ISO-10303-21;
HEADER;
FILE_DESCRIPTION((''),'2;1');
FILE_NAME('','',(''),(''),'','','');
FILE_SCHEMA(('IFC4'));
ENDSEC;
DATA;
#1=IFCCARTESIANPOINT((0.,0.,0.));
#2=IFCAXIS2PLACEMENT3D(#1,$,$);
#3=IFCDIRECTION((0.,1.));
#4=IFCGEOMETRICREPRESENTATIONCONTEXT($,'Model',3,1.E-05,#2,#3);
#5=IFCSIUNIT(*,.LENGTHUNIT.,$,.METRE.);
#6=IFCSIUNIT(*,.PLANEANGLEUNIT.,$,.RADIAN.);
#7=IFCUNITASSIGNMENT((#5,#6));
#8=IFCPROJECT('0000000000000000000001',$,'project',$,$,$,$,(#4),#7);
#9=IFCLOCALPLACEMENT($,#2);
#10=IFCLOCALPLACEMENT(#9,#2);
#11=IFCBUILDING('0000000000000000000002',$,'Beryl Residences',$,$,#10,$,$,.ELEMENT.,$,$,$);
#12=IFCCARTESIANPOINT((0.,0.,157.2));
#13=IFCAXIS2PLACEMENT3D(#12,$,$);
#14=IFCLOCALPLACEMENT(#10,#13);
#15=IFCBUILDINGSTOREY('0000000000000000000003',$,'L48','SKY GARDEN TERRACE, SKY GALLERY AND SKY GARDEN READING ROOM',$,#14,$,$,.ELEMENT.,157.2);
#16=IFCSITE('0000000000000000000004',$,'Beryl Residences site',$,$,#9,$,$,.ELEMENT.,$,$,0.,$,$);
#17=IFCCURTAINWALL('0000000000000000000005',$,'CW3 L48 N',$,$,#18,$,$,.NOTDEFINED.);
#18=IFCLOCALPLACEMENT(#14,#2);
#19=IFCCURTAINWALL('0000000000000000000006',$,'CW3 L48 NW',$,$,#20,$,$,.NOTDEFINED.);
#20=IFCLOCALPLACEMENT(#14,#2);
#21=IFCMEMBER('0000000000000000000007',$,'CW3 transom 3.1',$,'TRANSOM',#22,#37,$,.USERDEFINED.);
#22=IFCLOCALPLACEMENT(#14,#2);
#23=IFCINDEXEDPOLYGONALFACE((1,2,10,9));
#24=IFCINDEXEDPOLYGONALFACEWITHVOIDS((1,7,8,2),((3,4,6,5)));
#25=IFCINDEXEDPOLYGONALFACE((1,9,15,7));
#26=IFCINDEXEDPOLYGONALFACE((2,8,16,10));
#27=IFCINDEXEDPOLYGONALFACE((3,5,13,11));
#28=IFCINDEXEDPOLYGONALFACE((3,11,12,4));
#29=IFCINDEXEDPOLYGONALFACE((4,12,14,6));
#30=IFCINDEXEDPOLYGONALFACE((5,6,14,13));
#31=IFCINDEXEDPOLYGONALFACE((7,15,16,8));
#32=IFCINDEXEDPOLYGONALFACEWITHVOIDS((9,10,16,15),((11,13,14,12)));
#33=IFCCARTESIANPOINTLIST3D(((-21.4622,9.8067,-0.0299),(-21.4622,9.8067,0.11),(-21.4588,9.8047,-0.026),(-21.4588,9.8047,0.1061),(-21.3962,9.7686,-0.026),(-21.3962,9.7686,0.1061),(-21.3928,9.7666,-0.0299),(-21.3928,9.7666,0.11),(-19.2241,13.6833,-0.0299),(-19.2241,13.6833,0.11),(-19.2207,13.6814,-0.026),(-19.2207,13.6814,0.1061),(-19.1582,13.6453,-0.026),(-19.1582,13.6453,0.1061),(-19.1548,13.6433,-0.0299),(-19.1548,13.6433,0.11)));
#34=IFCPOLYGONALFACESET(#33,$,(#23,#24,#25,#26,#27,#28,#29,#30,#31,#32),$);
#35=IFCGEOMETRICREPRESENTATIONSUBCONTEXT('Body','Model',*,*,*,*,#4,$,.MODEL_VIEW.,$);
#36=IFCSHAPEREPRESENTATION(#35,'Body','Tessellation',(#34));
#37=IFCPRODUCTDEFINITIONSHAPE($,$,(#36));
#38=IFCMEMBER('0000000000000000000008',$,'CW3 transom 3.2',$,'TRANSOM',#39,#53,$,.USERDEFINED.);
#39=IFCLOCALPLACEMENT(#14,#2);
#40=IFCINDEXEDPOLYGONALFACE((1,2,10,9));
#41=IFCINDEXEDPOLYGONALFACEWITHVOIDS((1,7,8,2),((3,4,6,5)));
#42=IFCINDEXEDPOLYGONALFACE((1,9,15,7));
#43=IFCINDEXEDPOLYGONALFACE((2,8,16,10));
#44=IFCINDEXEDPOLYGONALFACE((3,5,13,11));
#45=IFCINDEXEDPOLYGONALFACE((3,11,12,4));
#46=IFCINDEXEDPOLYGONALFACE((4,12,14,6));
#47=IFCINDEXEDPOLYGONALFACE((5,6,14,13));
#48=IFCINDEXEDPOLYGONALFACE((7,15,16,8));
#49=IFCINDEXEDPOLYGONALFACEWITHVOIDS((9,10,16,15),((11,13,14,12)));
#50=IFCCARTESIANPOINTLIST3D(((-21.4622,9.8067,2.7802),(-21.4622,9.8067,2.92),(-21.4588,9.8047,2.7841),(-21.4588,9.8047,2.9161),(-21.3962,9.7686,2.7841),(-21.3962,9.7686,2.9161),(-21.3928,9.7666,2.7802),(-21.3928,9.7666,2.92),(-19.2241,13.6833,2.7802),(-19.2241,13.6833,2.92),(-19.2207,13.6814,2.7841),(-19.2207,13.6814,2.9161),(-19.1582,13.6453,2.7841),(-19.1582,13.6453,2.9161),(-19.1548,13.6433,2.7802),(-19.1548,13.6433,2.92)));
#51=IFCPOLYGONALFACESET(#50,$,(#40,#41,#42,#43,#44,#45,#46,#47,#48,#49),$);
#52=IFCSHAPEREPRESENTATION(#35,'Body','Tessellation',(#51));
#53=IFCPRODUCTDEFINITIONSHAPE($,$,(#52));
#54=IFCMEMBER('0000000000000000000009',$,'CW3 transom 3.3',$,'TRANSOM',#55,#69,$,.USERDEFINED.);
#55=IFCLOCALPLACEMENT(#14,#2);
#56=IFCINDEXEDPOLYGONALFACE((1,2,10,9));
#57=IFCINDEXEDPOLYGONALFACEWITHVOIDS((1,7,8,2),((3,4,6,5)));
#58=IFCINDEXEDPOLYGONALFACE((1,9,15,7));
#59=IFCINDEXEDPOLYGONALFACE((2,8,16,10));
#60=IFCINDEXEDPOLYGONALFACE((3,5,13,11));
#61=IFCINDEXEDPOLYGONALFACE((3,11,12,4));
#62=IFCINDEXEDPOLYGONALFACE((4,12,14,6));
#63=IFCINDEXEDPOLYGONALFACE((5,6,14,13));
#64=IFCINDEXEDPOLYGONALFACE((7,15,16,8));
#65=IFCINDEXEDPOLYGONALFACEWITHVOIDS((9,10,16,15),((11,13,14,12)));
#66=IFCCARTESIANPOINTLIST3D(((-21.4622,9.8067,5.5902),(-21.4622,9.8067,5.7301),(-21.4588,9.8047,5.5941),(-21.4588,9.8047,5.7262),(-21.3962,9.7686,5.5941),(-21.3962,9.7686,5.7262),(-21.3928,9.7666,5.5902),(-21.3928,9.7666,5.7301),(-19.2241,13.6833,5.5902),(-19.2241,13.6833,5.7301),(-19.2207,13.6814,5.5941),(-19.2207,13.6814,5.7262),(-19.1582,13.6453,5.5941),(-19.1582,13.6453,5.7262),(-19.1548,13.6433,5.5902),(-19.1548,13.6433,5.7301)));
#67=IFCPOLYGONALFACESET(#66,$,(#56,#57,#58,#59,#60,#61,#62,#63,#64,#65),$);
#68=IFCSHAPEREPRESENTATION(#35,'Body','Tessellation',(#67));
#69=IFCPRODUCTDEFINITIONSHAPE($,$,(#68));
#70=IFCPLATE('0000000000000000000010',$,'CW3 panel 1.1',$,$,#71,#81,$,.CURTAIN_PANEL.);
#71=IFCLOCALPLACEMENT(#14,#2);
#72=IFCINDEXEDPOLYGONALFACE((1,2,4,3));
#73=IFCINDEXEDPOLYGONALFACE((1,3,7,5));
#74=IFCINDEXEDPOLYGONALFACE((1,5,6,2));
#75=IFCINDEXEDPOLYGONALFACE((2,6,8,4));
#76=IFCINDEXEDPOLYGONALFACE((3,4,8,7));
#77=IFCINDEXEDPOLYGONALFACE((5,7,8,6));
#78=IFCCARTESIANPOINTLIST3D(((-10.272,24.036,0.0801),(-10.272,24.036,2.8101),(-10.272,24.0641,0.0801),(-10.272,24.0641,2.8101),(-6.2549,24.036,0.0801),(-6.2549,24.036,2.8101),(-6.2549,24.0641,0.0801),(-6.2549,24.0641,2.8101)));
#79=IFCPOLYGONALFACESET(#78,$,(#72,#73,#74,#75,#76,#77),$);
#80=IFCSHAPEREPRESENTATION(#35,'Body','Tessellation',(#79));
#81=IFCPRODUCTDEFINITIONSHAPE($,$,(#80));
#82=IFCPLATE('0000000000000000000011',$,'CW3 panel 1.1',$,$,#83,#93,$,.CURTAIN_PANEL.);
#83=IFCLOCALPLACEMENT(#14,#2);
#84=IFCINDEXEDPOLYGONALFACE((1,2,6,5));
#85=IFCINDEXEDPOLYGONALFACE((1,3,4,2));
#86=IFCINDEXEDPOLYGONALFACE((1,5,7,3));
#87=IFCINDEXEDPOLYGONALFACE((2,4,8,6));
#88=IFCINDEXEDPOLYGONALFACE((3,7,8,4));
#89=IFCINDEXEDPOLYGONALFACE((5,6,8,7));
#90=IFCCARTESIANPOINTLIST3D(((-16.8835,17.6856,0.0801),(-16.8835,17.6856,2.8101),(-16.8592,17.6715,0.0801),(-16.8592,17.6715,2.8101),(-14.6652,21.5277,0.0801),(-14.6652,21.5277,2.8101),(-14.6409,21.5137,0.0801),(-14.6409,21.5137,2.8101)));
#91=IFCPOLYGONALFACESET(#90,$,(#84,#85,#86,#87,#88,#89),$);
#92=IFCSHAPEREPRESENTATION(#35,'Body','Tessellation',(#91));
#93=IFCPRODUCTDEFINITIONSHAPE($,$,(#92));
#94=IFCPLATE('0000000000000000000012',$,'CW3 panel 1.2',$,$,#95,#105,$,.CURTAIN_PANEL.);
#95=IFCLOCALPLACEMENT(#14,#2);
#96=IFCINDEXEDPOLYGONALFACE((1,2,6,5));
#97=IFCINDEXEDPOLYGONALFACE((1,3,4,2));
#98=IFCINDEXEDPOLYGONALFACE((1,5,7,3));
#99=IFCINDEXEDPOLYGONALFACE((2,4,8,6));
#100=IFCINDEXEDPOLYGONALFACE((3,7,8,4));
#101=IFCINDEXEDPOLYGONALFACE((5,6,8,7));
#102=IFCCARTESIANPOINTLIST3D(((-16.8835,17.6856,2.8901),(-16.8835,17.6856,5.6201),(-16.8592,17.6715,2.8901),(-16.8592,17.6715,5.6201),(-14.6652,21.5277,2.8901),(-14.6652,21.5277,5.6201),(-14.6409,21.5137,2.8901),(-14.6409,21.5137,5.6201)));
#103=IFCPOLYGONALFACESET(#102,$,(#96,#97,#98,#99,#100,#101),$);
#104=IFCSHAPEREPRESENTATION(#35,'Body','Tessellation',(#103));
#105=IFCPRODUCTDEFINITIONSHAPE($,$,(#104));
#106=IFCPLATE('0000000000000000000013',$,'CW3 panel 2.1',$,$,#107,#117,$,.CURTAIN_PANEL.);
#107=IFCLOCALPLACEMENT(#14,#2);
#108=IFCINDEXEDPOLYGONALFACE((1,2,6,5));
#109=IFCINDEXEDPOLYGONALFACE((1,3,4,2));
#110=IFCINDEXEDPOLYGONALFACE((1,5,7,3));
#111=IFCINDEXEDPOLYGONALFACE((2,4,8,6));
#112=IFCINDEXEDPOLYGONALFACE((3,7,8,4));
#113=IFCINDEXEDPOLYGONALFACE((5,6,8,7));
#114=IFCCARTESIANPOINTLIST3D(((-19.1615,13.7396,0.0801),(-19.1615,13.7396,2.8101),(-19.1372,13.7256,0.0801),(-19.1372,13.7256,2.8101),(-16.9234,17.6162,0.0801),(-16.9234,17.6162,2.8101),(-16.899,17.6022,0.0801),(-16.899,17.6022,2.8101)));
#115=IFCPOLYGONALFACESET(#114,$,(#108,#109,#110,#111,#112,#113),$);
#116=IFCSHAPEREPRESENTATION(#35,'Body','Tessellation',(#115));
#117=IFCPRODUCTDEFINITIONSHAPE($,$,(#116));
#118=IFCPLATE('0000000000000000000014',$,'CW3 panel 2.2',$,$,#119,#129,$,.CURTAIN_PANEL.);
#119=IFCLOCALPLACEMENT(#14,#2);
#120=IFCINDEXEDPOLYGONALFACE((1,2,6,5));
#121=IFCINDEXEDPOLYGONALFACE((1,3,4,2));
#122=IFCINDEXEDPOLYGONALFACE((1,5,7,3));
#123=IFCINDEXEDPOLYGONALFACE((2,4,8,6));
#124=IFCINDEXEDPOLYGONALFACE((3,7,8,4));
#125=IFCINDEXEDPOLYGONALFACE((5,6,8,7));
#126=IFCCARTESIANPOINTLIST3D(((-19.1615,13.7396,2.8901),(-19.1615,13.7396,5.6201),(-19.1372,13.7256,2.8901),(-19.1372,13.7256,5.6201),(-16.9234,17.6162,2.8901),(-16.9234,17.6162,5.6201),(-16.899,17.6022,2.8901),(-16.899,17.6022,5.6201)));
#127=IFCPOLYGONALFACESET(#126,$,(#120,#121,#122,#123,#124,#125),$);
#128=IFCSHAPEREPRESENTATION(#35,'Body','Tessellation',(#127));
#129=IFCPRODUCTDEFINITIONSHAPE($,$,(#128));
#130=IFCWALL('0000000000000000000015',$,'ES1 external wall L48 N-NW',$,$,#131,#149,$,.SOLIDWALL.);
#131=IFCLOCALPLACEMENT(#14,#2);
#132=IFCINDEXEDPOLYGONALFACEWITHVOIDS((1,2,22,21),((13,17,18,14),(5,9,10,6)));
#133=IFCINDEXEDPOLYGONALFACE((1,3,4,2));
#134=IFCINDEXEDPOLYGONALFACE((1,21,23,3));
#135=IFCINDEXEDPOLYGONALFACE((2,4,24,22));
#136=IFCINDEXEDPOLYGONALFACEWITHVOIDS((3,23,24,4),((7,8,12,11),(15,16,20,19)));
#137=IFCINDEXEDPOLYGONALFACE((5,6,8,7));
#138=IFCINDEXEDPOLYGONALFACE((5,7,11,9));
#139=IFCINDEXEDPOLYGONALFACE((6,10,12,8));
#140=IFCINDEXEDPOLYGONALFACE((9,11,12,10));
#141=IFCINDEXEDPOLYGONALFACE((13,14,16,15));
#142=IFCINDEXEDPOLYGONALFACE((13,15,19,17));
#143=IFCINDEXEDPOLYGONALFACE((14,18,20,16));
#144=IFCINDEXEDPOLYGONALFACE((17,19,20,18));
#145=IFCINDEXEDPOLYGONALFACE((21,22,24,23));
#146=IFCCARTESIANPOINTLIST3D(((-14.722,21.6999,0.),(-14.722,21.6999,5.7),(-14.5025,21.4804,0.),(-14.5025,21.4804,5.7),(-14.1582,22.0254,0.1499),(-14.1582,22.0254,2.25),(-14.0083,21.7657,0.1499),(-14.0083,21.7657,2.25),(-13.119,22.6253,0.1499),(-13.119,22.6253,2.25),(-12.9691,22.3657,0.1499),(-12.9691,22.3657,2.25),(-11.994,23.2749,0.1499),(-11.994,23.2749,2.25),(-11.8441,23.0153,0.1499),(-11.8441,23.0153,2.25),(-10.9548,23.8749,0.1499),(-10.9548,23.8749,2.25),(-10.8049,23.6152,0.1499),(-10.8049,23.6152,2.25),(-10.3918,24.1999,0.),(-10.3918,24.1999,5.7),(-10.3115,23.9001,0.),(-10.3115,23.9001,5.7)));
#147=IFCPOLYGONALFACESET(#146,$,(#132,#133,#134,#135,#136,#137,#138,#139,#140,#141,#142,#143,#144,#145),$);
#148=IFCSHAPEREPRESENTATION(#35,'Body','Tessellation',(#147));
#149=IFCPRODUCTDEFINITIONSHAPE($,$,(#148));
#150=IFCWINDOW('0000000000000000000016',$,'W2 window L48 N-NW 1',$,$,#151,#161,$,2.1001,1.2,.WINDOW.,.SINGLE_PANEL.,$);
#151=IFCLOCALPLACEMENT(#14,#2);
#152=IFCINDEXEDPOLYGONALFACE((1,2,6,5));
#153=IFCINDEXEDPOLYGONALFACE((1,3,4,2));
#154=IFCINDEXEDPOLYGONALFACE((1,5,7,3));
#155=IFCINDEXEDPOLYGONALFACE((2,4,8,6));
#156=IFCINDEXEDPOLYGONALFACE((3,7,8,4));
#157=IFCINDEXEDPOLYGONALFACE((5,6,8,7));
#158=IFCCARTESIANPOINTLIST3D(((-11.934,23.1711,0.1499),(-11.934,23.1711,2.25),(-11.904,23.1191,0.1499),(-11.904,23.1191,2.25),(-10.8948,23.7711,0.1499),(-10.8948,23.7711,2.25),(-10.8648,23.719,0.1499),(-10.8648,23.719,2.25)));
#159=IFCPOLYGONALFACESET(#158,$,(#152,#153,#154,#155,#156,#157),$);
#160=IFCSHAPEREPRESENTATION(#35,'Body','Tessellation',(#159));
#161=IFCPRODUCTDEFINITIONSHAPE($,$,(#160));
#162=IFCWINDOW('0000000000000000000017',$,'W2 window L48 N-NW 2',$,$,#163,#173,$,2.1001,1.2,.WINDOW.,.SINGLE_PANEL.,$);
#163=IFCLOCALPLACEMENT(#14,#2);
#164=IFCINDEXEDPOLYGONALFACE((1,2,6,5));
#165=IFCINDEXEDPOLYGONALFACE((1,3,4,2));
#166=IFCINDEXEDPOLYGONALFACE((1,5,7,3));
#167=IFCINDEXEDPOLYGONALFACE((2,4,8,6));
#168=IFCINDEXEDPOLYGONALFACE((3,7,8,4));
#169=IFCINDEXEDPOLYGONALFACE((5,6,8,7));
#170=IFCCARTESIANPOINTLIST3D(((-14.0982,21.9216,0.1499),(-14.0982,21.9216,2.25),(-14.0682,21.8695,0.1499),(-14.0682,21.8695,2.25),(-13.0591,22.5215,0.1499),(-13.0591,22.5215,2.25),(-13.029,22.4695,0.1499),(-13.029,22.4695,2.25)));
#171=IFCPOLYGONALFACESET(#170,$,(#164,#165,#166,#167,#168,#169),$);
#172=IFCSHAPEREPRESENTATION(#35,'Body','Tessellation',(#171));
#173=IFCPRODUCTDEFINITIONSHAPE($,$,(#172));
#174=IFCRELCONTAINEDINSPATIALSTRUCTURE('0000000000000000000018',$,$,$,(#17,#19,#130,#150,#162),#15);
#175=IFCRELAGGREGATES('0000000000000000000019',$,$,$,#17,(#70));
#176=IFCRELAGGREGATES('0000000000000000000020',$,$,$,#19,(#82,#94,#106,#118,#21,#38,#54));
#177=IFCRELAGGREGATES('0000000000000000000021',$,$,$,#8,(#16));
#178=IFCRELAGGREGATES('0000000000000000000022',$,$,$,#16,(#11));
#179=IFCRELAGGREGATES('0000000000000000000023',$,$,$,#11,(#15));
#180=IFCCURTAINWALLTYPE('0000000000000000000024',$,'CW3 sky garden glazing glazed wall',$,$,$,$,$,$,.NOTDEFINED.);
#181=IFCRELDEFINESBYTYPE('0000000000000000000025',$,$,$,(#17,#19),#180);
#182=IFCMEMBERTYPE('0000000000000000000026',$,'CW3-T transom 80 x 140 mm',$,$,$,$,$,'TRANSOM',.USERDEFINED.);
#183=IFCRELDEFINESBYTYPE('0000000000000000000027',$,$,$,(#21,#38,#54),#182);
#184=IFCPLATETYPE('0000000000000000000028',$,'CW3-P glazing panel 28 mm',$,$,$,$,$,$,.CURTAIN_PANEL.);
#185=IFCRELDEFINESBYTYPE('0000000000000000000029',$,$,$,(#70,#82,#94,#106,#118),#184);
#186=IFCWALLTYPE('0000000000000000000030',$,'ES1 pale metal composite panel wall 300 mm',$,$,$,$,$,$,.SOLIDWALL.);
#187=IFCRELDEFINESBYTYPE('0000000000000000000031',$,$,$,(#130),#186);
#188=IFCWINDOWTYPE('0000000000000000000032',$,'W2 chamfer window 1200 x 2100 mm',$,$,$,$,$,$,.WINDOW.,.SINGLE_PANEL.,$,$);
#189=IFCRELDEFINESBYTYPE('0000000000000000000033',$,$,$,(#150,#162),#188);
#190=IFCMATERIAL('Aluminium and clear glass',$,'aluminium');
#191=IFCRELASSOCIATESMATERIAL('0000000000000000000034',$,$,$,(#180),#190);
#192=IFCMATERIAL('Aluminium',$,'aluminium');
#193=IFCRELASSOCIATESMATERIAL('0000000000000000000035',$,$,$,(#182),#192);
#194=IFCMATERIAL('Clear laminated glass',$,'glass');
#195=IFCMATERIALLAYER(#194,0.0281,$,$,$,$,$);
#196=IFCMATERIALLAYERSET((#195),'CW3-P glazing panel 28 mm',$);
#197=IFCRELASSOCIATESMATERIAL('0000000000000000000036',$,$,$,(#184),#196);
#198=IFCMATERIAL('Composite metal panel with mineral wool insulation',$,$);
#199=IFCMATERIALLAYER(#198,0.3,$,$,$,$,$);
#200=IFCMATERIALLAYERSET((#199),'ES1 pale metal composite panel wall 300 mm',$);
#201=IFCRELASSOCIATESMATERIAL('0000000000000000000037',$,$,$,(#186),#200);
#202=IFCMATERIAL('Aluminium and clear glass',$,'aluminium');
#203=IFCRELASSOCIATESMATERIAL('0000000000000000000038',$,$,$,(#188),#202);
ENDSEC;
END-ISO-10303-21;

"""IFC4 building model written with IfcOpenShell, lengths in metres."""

from ifc_helpers import new_model, si_unit, direction, frame, frame_2d, origin, origin_2d, place, context, subcontext, project, spatial, polyline, rectangle, hollow_rectangle, outline, extrude, material, layer, layer_set, material_profile, profile_set, type_object, element, fill, aggregate, save


model = new_model("IFC4")

# Units and contexts
model_context = context("Model", 3, precision=1e-05, world=origin(), true_north=direction((0.0, 1.0)))
body_context = subcontext(model_context, "Body", "Model", "MODEL_VIEW")
ifc_project = project(units=[si_unit("LENGTHUNIT", "METRE"), si_unit("PLANEANGLEUNIT", "RADIAN")], contexts=[model_context])

# Site, building, storey
site_placement = place(None, origin())
site = spatial("IfcSite", under=ifc_project, at=site_placement, Name="Beryl Residences site", CompositionType="ELEMENT", RefElevation=0.0)
building_placement = place(site_placement, origin())
building = spatial("IfcBuilding", under=site, at=building_placement, Name="Beryl Residences", CompositionType="ELEMENT")
storey_placement = place(building_placement, frame((0.0, 0.0, 157.2)))
storey = spatial("IfcBuildingStorey", under=building, at=storey_placement, Name="L48", Description="SKY GARDEN TERRACE, SKY GALLERY AND SKY GARDEN READING ROOM", CompositionType="ELEMENT", Elevation=157.2)

# Curtain wall
ifc_material_1 = material(Name="Aluminium and clear glass", Category="aluminium")
curtain_wall_type = type_object("IfcCurtainWallType", Name="CW3 sky garden glazing glazed wall", PredefinedType="NOTDEFINED", material=ifc_material_1)
curtain_wall_1_placement = place(storey_placement, origin())
curtain_wall_1 = element("IfcCurtainWall", 1, at=curtain_wall_1_placement, inside=storey, type_object=curtain_wall_type, Name="CW3 L48 N", PredefinedType="NOTDEFINED")

# Curtain wall, members
curtain_wall_2_placement = place(storey_placement, origin())
curtain_wall_2 = element("IfcCurtainWall", 2, at=curtain_wall_2_placement, inside=storey, type_object=curtain_wall_type, Name="CW3 L48 NW", PredefinedType="NOTDEFINED")
ifc_material_2 = material(Name="Aluminium", Category="aluminium")
ifc_material_profile_1 = material_profile(ifc_material_2, hollow_rectangle(XDim=0.0801, YDim=0.1399, WallThickness=0.0039, at=origin_2d()))
ifc_profile_set_1 = profile_set([ifc_material_profile_1], Name="Aluminium")
member_type_1 = type_object("IfcMemberType", Name="CW3-T transom 80 x 140 mm", ElementType="TRANSOM", PredefinedType="USERDEFINED", material=ifc_profile_set_1)
member_1_placement = place(storey_placement, frame((-19.1895, 13.6633, 0.04), z_axis=(-0.49997, -0.866043, 0.0), x_axis=(0.866043, -0.49997, 0.0)))
member_1 = element("IfcMember", 3, at=member_1_placement, type_object=member_type_1, Name="CW3 transom 3.1", ObjectType="TRANSOM", PredefinedType="USERDEFINED", context=body_context, shape_type="SweptSolid", body=[
    extrude(hollow_rectangle(XDim=0.0801, YDim=0.1399, WallThickness=0.0039, at=origin_2d()), origin(), (0.0, 0.0, 1.0), 4.4763),
])
member_2_placement = place(storey_placement, frame((-19.1895, 13.6633, 2.8501), z_axis=(-0.49997, -0.866043, 0.0), x_axis=(0.866043, -0.49997, 0.0)))
member_2 = element("IfcMember", 4, at=member_2_placement, type_object=member_type_1, Name="CW3 transom 3.2", ObjectType="TRANSOM", PredefinedType="USERDEFINED", context=body_context, shape_type="SweptSolid", body=[
    extrude(hollow_rectangle(XDim=0.0801, YDim=0.1399, WallThickness=0.0039, at=origin_2d()), origin(), (0.0, 0.0, 1.0), 4.4763),
])
member_3_placement = place(storey_placement, frame((-19.1895, 13.6633, 5.6602), z_axis=(-0.49997, -0.866043, 0.0), x_axis=(0.866043, -0.49997, 0.0)))
member_3 = element("IfcMember", 5, at=member_3_placement, type_object=member_type_1, Name="CW3 transom 3.3", ObjectType="TRANSOM", PredefinedType="USERDEFINED", context=body_context, shape_type="SweptSolid", body=[
    extrude(hollow_rectangle(XDim=0.0801, YDim=0.1399, WallThickness=0.0039, at=origin_2d()), origin(), (0.0, 0.0, 1.0), 4.4763),
])

# Plates
ifc_material_3 = material(Name="Clear laminated glass", Category="glass")
ifc_layer_1 = layer(ifc_material_3, 0.0281)
ifc_layer_set_1 = layer_set([ifc_layer_1], Name="CW3-P glazing panel 28 mm")
plate_type = type_object("IfcPlateType", Name="CW3-P glazing panel 28 mm", PredefinedType="CURTAIN_PANEL", material=ifc_layer_set_1)
plate_1_placement = place(storey_placement, frame((-8.2634, 24.05, 0.0801), z_axis=(0.0, 0.0, 1.0), x_axis=(-1.0, 0.0, 0.0)))
plate_1 = element("IfcPlate", 6, at=plate_1_placement, type_object=plate_type, Name="CW3 panel 1.1", PredefinedType="CURTAIN_PANEL", context=body_context, shape_type="SweptSolid", body=[
    extrude(rectangle(XDim=4.0171, YDim=0.0281, at=origin_2d()), origin(), (0.0, 0.0, 1.0), 2.73),
])
aggregate(curtain_wall_1, [plate_1])
plate_2_placement = place(storey_placement, frame((-15.7622, 19.5996, 0.0801), z_axis=(0.0, 0.0, 1.0), x_axis=(-0.499996, -0.866028, 0.0)))
plate_2 = element("IfcPlate", 7, at=plate_2_placement, type_object=plate_type, Name="CW3 panel 1.1", PredefinedType="CURTAIN_PANEL", context=body_context, shape_type="SweptSolid", body=[
    extrude(rectangle(XDim=4.4365, YDim=0.0281, at=origin_2d()), origin(), (0.0, 0.0, 1.0), 2.73),
])
plate_3_placement = place(storey_placement, frame((-15.7622, 19.5996, 2.8901), z_axis=(0.0, 0.0, 1.0), x_axis=(-0.499996, -0.866028, 0.0)))
plate_3 = element("IfcPlate", 8, at=plate_3_placement, type_object=plate_type, Name="CW3 panel 1.2", PredefinedType="CURTAIN_PANEL", context=body_context, shape_type="SweptSolid", body=[
    extrude(rectangle(XDim=4.4365, YDim=0.0281, at=origin_2d()), origin(), (0.0, 0.0, 1.0), 2.73),
])
plate_4_placement = place(storey_placement, frame((-18.0303, 15.6709, 0.0801), z_axis=(0.0, 0.0, 1.0), x_axis=(-0.499996, -0.866028, 0.0)))
plate_4 = element("IfcPlate", 9, at=plate_4_placement, type_object=plate_type, Name="CW3 panel 2.1", PredefinedType="CURTAIN_PANEL", context=body_context, shape_type="SweptSolid", body=[
    extrude(rectangle(XDim=4.4763, YDim=0.0281, at=origin_2d()), origin(), (0.0, 0.0, 1.0), 2.73),
])
plate_5_placement = place(storey_placement, frame((-18.0303, 15.6709, 2.8901), z_axis=(0.0, 0.0, 1.0), x_axis=(-0.499996, -0.866028, 0.0)))
plate_5 = element("IfcPlate", 10, at=plate_5_placement, type_object=plate_type, Name="CW3 panel 2.2", PredefinedType="CURTAIN_PANEL", context=body_context, shape_type="SweptSolid", body=[
    extrude(rectangle(XDim=4.4763, YDim=0.0281, at=origin_2d()), origin(), (0.0, 0.0, 1.0), 2.73),
])
aggregate(curtain_wall_2, [plate_2, plate_3, plate_4, plate_5, member_1, member_2, member_3])

# Wall, openings, windows
ifc_material_4 = material(Name="Composite metal panel with mineral wool insulation")
ifc_layer_2 = layer(ifc_material_4, 0.3)
ifc_layer_set_2 = layer_set([ifc_layer_2], Name="ES1 pale metal composite panel wall 300 mm")
wall_type_1 = type_object("IfcWallType", Name="ES1 pale metal composite panel wall 300 mm", PredefinedType="SOLIDWALL", material=ifc_layer_set_2)
wall_1_placement = place(storey_placement, frame((-10.3169, 24.0701, 0.0), z_axis=(0.0, 0.0, 1.0), x_axis=(-0.866023, -0.500004, 0.0)))
wall_1 = element("IfcWall", 11, at=wall_1_placement, inside=storey, type_object=wall_type_1, Name="ES1 external wall L48 N-NW", PredefinedType="SOLIDWALL", context=body_context, shape_type="SweptSolid", body=[
    extrude(outline(polyline([(0.0, -0.1499), (5.0, -0.1499), (4.9197, 0.1499), (0.0803, 0.1499), (0.0, -0.1499)])), origin(), (0.0, 0.0, 1.0), 5.7),
])
opening_1_placement = place(wall_1_placement, frame((0.6499, 0.0, 0.1499)))
opening_1 = element("IfcOpeningElement", 12, at=opening_1_placement, cuts=wall_1, PredefinedType="OPENING", context=body_context, shape_type="SweptSolid", body=[
    extrude(rectangle(XDim=1.2, YDim=2.1001, at=frame_2d((0.6001, 1.05))), frame((0.0, 0.1599, 0.0), z_axis=(0.0, -1.0, 0.0), x_axis=(1.0, 0.0, 0.0)), (0.0, 0.0, 1.0), 0.3201),
])
opening_2_placement = place(wall_1_placement, frame((3.1489, 0.0, 0.1499)))
opening_2 = element("IfcOpeningElement", 13, at=opening_2_placement, cuts=wall_1, PredefinedType="OPENING", context=body_context, shape_type="SweptSolid", body=[
    extrude(rectangle(XDim=1.2, YDim=2.1001, at=frame_2d((0.6001, 1.05))), frame((0.0, 0.1599, 0.0), z_axis=(0.0, -1.0, 0.0), x_axis=(1.0, 0.0, 0.0)), (0.0, 0.0, 1.0), 0.3201),
])
ifc_material_5 = material(Name="Aluminium and clear glass", Category="aluminium")
window_type = type_object("IfcWindowType", Name="W2 chamfer window 1200 x 2100 mm", PartitioningType="SINGLE_PANEL", PredefinedType="WINDOW", material=ifc_material_5)
window_1_placement = place(opening_1_placement, origin())
window_1 = element("IfcWindow", 14, at=window_1_placement, inside=storey, type_object=window_type, Name="W2 window L48 N-NW 1", OverallHeight=2.1001, OverallWidth=1.2, PartitioningType="SINGLE_PANEL", PredefinedType="WINDOW", context=body_context, shape_type="SweptSolid", body=[
    extrude(rectangle(XDim=1.2, YDim=2.1001, at=frame_2d((0.6001, 1.05))), frame((0.0, 0.03, 0.0), z_axis=(0.0, -1.0, 0.0), x_axis=(1.0, 0.0, 0.0)), (0.0, 0.0, 1.0), 0.0601),
])
fill(opening_1, window_1)
window_2_placement = place(opening_2_placement, origin())
window_2 = element("IfcWindow", 15, at=window_2_placement, inside=storey, type_object=window_type, Name="W2 window L48 N-NW 2", OverallHeight=2.1001, OverallWidth=1.2, PartitioningType="SINGLE_PANEL", PredefinedType="WINDOW", context=body_context, shape_type="SweptSolid", body=[
    extrude(rectangle(XDim=1.2, YDim=2.1001, at=frame_2d((0.6001, 1.05))), frame((0.0, 0.03, 0.0), z_axis=(0.0, -1.0, 0.0), x_axis=(1.0, 0.0, 0.0)), (0.0, 0.0, 1.0), 0.0601),
])
fill(opening_2, window_2)

save(model, "model.ifc")
